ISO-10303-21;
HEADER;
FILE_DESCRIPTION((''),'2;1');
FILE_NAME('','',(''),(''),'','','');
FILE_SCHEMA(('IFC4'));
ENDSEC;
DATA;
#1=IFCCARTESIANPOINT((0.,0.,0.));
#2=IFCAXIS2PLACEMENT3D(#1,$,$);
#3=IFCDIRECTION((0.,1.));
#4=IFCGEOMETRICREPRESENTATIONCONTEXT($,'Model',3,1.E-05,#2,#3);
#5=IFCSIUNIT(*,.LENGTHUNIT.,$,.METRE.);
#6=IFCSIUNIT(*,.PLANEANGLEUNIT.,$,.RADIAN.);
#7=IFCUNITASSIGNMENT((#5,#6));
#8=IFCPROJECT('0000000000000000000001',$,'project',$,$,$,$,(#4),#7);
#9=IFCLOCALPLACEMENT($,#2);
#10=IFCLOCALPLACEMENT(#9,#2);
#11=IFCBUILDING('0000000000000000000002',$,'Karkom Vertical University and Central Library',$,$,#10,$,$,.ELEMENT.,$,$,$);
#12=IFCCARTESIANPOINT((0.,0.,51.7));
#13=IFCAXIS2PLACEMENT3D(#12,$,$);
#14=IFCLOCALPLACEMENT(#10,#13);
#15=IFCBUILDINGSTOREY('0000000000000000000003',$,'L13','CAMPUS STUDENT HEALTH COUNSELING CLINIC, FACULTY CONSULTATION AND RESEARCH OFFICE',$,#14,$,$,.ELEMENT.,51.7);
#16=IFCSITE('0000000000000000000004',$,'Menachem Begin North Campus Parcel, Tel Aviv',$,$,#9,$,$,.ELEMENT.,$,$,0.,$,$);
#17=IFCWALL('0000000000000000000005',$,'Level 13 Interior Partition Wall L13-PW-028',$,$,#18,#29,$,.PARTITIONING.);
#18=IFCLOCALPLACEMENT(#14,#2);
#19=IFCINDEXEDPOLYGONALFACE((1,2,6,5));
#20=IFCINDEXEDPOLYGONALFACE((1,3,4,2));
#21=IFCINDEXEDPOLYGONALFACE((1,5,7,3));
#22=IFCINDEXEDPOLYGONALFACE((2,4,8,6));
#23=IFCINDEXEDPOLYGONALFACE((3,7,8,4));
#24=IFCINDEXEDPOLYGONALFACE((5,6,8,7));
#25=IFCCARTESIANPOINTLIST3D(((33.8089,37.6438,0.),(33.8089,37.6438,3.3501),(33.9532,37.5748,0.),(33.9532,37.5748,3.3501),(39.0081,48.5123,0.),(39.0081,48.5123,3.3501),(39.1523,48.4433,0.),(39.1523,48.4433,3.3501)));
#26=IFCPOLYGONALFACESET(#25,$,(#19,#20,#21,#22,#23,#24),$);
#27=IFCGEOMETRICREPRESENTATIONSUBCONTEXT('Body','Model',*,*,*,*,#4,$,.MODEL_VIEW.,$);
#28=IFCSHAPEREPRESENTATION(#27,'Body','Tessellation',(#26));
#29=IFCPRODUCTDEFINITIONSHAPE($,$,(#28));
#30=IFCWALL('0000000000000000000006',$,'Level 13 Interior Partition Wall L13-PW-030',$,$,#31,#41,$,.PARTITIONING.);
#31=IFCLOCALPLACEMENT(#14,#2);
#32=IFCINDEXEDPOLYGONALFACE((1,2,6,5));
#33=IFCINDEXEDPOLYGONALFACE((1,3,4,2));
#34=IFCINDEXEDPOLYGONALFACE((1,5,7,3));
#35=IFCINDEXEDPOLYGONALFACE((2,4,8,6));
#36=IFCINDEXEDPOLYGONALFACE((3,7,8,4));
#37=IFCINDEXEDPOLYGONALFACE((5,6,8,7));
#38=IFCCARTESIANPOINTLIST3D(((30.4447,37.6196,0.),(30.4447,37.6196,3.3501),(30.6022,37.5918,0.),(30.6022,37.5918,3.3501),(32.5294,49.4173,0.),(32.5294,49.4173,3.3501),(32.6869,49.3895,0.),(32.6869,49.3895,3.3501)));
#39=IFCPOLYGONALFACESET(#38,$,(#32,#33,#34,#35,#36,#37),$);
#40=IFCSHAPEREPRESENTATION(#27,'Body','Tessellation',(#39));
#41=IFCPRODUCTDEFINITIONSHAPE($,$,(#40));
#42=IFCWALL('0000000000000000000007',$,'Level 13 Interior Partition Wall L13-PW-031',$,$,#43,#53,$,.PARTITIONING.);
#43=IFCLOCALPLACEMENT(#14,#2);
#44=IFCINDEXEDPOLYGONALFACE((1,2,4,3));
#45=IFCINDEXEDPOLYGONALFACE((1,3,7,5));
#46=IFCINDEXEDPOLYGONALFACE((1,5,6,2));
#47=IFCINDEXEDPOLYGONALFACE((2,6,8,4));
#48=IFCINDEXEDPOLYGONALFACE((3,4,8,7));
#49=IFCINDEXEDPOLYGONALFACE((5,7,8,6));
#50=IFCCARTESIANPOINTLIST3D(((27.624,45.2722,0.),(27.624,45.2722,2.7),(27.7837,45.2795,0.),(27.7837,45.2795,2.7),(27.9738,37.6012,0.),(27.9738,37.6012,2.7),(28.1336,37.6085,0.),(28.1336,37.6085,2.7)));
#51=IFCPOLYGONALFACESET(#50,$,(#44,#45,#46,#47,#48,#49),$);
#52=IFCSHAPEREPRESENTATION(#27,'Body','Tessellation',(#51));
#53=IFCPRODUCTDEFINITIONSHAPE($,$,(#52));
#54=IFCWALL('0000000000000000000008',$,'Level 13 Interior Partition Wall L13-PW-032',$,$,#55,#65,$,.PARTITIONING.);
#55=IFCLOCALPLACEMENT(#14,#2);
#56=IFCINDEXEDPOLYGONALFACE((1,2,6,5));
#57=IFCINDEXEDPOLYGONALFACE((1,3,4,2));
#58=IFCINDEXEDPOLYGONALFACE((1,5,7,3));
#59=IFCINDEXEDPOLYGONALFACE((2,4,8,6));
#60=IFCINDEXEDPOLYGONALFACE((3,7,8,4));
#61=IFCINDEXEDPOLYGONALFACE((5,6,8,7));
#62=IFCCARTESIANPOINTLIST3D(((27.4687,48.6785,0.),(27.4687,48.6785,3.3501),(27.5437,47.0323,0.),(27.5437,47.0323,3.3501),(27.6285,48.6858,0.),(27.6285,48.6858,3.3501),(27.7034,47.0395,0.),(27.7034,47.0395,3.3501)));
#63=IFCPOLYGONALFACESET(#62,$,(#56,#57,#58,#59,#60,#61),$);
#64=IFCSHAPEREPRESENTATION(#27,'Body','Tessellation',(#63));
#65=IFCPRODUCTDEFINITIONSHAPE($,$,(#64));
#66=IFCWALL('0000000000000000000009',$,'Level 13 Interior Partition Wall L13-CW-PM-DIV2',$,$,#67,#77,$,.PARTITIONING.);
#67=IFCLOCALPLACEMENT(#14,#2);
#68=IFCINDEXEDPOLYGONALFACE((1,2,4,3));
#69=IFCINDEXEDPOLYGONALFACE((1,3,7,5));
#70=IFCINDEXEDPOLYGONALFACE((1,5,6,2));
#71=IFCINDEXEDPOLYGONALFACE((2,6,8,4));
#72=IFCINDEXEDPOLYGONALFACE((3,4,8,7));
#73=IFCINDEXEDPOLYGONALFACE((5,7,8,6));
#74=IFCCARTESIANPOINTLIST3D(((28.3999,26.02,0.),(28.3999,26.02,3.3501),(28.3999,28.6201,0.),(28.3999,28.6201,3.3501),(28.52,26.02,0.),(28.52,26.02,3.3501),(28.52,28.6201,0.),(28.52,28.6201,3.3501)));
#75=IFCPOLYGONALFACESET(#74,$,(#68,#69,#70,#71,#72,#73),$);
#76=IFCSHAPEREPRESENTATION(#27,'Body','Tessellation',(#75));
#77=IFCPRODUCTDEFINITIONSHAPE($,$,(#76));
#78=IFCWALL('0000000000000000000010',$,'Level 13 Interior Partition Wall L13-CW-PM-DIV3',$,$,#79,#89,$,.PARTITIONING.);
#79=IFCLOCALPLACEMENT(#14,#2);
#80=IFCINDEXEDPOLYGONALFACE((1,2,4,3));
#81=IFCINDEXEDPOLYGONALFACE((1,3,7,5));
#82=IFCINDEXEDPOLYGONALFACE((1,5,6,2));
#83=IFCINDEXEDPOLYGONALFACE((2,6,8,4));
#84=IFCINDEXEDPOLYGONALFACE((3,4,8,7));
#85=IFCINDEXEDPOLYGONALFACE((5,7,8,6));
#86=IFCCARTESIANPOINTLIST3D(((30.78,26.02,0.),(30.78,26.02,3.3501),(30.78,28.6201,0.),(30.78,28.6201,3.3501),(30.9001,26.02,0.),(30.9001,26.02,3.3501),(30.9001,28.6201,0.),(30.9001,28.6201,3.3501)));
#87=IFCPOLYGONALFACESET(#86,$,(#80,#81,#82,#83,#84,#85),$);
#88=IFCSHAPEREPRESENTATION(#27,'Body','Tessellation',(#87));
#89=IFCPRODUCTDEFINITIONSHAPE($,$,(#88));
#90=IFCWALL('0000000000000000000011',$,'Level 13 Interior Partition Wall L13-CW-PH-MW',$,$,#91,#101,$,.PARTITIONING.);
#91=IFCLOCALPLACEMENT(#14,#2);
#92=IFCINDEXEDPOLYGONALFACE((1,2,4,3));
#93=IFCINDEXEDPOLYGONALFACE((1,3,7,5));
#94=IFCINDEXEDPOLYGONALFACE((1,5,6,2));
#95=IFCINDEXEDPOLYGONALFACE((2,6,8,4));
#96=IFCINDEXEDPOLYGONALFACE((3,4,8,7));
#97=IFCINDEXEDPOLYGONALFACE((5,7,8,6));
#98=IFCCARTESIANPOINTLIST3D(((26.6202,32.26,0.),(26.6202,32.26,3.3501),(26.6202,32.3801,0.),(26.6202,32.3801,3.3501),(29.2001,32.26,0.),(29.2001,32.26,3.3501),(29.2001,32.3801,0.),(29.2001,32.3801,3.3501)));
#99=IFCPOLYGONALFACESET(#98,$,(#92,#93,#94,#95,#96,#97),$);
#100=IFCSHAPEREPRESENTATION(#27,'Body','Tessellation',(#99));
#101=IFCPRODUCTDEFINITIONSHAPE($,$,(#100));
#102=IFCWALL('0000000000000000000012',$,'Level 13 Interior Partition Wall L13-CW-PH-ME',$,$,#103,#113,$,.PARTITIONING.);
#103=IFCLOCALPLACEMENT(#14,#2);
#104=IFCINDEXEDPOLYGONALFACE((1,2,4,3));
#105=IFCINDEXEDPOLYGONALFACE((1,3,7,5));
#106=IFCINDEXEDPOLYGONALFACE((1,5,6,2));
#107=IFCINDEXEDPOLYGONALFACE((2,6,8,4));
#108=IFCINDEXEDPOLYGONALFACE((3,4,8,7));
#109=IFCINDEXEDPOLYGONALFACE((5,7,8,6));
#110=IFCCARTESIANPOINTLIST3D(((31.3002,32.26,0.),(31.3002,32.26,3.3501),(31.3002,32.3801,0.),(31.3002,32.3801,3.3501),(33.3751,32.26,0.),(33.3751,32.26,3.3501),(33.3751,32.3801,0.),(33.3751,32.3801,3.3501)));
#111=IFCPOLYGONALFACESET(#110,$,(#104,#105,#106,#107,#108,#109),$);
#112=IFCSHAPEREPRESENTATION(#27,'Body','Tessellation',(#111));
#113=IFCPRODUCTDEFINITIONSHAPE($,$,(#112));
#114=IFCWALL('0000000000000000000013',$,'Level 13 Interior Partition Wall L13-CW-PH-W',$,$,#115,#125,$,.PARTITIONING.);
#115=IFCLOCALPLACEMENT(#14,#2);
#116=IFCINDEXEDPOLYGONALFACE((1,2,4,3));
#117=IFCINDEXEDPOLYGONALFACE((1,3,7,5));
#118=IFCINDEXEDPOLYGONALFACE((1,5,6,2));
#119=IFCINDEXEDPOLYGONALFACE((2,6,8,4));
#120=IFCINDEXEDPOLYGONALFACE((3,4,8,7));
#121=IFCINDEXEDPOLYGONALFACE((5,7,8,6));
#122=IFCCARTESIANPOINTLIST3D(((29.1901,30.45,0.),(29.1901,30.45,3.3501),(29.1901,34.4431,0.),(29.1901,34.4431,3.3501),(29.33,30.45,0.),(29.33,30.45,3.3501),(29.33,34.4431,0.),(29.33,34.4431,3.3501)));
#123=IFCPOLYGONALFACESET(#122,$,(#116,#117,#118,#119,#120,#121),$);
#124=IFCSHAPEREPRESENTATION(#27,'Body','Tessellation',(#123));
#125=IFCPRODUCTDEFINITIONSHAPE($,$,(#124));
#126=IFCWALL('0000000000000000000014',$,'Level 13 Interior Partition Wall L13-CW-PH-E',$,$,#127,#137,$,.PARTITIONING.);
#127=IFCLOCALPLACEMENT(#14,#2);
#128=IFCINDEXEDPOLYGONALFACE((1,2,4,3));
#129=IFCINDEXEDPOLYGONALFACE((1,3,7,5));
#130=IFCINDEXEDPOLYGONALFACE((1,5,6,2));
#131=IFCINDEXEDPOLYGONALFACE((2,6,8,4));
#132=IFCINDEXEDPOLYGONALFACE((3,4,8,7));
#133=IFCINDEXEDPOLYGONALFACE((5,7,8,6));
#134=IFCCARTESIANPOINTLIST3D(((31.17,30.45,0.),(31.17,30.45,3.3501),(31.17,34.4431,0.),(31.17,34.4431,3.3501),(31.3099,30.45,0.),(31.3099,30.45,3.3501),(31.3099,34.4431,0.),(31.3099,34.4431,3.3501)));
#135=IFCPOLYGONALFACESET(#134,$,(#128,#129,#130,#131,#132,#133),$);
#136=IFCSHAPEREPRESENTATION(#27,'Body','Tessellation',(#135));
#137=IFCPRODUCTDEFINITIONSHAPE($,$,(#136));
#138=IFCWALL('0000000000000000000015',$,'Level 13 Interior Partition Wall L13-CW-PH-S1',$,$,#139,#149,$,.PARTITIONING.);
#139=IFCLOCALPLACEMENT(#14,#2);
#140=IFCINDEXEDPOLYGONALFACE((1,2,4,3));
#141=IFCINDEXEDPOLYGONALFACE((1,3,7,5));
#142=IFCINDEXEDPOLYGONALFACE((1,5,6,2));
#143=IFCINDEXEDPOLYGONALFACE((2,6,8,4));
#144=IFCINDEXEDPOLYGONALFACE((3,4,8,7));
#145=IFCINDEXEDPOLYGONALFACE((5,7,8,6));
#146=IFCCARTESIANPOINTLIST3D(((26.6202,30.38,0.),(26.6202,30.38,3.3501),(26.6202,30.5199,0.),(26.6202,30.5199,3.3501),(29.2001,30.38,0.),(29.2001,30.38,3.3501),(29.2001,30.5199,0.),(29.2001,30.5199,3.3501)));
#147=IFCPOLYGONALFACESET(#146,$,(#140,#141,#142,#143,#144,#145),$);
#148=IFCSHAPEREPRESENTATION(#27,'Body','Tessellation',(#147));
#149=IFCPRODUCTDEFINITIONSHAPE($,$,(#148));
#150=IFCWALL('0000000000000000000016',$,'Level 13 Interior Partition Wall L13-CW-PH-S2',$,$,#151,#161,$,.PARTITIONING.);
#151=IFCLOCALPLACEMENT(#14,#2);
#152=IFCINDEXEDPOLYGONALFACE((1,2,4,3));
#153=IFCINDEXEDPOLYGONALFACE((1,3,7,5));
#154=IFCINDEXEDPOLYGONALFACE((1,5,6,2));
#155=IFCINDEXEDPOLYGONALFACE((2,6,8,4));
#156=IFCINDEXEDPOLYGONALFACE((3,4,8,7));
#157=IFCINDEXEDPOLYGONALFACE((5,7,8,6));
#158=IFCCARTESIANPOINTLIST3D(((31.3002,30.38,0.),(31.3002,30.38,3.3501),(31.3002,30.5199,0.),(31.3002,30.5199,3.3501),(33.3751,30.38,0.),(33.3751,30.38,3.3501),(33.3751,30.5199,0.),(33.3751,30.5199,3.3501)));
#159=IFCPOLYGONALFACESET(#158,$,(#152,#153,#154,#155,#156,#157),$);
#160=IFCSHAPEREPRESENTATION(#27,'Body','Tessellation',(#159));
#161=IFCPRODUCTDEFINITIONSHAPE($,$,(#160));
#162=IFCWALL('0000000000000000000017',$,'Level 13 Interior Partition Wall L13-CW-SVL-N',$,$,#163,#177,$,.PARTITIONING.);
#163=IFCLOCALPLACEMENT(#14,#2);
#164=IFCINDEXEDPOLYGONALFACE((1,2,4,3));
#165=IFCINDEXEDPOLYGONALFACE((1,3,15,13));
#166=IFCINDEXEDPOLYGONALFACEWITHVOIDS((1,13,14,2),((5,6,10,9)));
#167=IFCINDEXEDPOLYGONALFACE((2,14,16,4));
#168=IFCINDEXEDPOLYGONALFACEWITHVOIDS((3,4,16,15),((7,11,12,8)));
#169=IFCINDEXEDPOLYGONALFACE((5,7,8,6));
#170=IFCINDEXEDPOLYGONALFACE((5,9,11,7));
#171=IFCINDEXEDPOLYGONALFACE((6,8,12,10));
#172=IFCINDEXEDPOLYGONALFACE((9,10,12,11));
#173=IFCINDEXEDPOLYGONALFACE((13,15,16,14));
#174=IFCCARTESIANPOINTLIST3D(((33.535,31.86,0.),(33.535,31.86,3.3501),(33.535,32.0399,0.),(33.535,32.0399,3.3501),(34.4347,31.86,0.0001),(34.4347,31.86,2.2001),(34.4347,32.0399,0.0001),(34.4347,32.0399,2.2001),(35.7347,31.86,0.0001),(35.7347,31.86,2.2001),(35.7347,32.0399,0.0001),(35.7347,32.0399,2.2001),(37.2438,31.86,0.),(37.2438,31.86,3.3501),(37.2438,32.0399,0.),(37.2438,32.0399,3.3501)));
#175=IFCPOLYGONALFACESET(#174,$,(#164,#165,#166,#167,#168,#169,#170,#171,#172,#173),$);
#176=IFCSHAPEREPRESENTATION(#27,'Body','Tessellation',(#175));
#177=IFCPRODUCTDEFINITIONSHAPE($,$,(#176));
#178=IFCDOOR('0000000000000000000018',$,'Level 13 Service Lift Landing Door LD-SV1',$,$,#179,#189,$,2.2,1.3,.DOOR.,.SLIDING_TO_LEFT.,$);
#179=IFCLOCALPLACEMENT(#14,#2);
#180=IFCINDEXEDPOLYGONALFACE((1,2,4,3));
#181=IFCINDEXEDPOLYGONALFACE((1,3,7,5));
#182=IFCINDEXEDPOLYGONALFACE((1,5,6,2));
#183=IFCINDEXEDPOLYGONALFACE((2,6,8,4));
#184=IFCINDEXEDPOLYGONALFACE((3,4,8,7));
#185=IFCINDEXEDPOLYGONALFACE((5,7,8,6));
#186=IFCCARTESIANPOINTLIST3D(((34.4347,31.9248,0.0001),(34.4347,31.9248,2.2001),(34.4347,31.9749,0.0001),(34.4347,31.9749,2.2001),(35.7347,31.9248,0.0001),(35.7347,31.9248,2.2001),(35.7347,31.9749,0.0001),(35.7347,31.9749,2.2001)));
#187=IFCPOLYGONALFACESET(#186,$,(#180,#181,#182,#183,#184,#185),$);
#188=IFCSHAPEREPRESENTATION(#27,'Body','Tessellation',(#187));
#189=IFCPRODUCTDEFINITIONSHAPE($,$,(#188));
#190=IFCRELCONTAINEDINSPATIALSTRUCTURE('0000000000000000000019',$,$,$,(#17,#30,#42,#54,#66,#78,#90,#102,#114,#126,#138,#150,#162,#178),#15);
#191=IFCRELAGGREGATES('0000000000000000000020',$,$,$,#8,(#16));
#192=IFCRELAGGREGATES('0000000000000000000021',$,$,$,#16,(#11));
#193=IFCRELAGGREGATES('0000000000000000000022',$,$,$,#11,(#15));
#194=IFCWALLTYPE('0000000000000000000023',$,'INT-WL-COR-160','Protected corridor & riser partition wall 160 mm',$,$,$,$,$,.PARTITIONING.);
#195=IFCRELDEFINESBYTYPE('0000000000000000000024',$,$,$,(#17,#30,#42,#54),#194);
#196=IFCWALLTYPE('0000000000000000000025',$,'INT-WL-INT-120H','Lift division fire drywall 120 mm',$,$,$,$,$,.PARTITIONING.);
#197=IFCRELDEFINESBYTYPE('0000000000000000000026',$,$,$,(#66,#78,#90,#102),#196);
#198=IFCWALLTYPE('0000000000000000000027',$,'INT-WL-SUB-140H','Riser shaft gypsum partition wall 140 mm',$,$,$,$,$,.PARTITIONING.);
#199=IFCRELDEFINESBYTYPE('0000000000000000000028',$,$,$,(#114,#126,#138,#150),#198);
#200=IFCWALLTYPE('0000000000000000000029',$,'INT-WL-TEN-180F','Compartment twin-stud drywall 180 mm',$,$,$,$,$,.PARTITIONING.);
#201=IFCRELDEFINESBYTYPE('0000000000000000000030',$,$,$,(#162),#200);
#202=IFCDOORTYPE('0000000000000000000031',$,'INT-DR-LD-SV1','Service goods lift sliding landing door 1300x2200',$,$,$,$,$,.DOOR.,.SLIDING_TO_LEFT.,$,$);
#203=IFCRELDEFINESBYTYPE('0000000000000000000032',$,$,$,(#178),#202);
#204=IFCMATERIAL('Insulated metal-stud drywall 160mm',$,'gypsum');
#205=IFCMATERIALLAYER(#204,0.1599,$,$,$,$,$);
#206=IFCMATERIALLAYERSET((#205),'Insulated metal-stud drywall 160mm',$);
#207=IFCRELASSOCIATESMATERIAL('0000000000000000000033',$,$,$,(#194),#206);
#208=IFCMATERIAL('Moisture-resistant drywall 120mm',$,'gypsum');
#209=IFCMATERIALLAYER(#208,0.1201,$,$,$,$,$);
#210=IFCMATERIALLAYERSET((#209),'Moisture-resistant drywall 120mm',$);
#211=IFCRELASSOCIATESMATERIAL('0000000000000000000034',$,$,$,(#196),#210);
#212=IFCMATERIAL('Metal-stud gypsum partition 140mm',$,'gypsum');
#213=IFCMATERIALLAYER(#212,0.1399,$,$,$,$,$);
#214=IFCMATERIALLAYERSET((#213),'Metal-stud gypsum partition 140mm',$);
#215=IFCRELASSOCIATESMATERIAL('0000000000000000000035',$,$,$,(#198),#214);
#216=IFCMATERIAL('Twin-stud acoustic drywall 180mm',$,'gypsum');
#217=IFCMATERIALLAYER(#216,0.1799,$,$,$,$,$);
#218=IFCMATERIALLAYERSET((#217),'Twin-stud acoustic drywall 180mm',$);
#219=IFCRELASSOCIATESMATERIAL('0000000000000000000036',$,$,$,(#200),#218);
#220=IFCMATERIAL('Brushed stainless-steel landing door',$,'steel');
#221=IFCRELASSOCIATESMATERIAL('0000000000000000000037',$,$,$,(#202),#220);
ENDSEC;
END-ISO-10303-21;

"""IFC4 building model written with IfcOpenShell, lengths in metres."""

from ifc_helpers import new_model, si_unit, direction, frame, frame_2d, origin, origin_with_axes, place, context, subcontext, project, spatial, rectangle, extrude, source, transform, mapped, material, layer, layer_set, type_object, element, fill, save


model = new_model("IFC4")

# Units and contexts
model_context = context("Model", 3, precision=1e-05, world=origin(), true_north=direction((0.0, 1.0)))
body_context = subcontext(model_context, "Body", "Model", "MODEL_VIEW")
ifc_project = project(units=[si_unit("LENGTHUNIT", "METRE"), si_unit("PLANEANGLEUNIT", "RADIAN")], contexts=[model_context])

# Site, building, storey
site_placement = place(None, origin())
site = spatial("IfcSite", under=ifc_project, at=site_placement, Name="Menachem Begin North Campus Parcel, Tel Aviv", CompositionType="ELEMENT", RefElevation=0.0)
building_placement = place(site_placement, origin())
building = spatial("IfcBuilding", under=site, at=building_placement, Name="Karkom Vertical University and Central Library", CompositionType="ELEMENT")
storey_placement = place(building_placement, frame((0.0, 0.0, 51.7)))
storey = spatial("IfcBuildingStorey", under=building, at=storey_placement, Name="L13", Description="CAMPUS STUDENT HEALTH COUNSELING CLINIC, FACULTY CONSULTATION AND RESEARCH OFFICE", CompositionType="ELEMENT", Elevation=51.7)

# Shared definitions
ifc_material_1 = material(Name="Insulated metal-stud drywall 160mm", Category="gypsum")
ifc_layer_1 = layer(ifc_material_1, 0.1599)
ifc_layer_set_1 = layer_set([ifc_layer_1], Name="Insulated metal-stud drywall 160mm")
wall_type_1 = type_object("IfcWallType", Name="INT-WL-COR-160", Description="Protected corridor & riser partition wall 160 mm", PredefinedType="PARTITIONING", material=ifc_layer_set_1)

# Walls
wall_1_placement = place(storey_placement, frame((33.8811, 37.6094, 0.0), z_axis=(0.0, 0.0, 1.0), x_axis=(0.431534, 0.902096, 0.0)))
element("IfcWall", 1, at=wall_1_placement, inside=storey, type_object=wall_type_1, Name="Level 13 Interior Partition Wall L13-PW-028", PredefinedType="PARTITIONING", context=body_context, shape_type="SweptSolid", body=[
    extrude(rectangle(XDim=12.0481, YDim=0.1599, at=frame_2d((6.0239, 0.0))), origin(), (0.0, 0.0, 1.0), 3.3501),
])
wall_2_placement = place(storey_placement, frame((30.5234, 37.6057, 0.0), z_axis=(0.0, 0.0, 1.0), x_axis=(0.174011, 0.984744, 0.0)))
element("IfcWall", 2, at=wall_2_placement, inside=storey, type_object=wall_type_1, Name="Level 13 Interior Partition Wall L13-PW-030", PredefinedType="PARTITIONING", context=body_context, shape_type="SweptSolid", body=[
    extrude(rectangle(XDim=11.9805, YDim=0.1599, at=frame_2d((5.9902, 0.0))), origin(), (0.0, 0.0, 1.0), 3.3501),
])
wall_3_placement = place(storey_placement, frame((28.0537, 37.605, 0.0), z_axis=(0.0, 0.0, 1.0), x_axis=(-0.045561, 0.998962, 0.0)))
element("IfcWall", 3, at=wall_3_placement, inside=storey, type_object=wall_type_1, Name="Level 13 Interior Partition Wall L13-PW-031", PredefinedType="PARTITIONING", context=body_context, shape_type="SweptSolid", body=[
    extrude(rectangle(XDim=7.679, YDim=0.1599, at=frame_2d((3.8394, 0.0))), origin(), (0.0, 0.0, 1.0), 2.7),
])
wall_4_placement = place(storey_placement, frame((27.6235, 47.0359, 0.0), z_axis=(0.0, 0.0, 1.0), x_axis=(-0.045482, 0.998965, 0.0)))
element("IfcWall", 4, at=wall_4_placement, inside=storey, type_object=wall_type_1, Name="Level 13 Interior Partition Wall L13-PW-032", PredefinedType="PARTITIONING", context=body_context, shape_type="SweptSolid", body=[
    extrude(rectangle(XDim=1.6479, YDim=0.1599, at=frame_2d((0.824, 0.0))), origin(), (0.0, 0.0, 1.0), 3.3501),
])
ifc_material_2 = material(Name="Moisture-resistant drywall 120mm", Category="gypsum")
ifc_layer_2 = layer(ifc_material_2, 0.1201)
ifc_layer_set_2 = layer_set([ifc_layer_2], Name="Moisture-resistant drywall 120mm")
wall_type_2 = type_object("IfcWallType", Name="INT-WL-INT-120H", Description="Lift division fire drywall 120 mm", PredefinedType="PARTITIONING", material=ifc_layer_set_2)
for number, where, z_axis, x_axis, name in (
    (5, (28.46, 26.02, 0.0), (0.0, 0.0, 1.0), (0.0, 1.0, 0.0), "Level 13 Interior Partition Wall L13-CW-PM-DIV2"),
    (6, (30.8401, 26.02, 0.0), (0.0, 0.0, 1.0), (0.0, 1.0, 0.0), "Level 13 Interior Partition Wall L13-CW-PM-DIV3"),
):
    element("IfcWall", number, at=place(storey_placement, frame(where, z_axis=z_axis, x_axis=x_axis)), inside=storey, type_object=wall_type_2, Name=name, PredefinedType="PARTITIONING", context=body_context, shape_type="SweptSolid", body=[
        extrude(rectangle(XDim=2.6001, YDim=0.1201, at=frame_2d((1.3, 0.0))), origin(), (0.0, 0.0, 1.0), 3.3501),
    ])
wall_5_placement = place(storey_placement, frame((26.6201, 32.3201, 0.0), z_axis=(0.0, 0.0, 1.0), x_axis=(1.0, 0.0, 0.0)))
element("IfcWall", 7, at=wall_5_placement, inside=storey, type_object=wall_type_2, Name="Level 13 Interior Partition Wall L13-CW-PH-MW", PredefinedType="PARTITIONING", context=body_context, shape_type="SweptSolid", body=[
    extrude(rectangle(XDim=2.5798, YDim=0.1201, at=frame_2d((1.29, 0.0))), origin(), (0.0, 0.0, 1.0), 3.3501),
])
wall_6_placement = place(storey_placement, frame((31.3, 32.3201, 0.0), z_axis=(0.0, 0.0, 1.0), x_axis=(1.0, 0.0, 0.0)))
element("IfcWall", 8, at=wall_6_placement, inside=storey, type_object=wall_type_2, Name="Level 13 Interior Partition Wall L13-CW-PH-ME", PredefinedType="PARTITIONING", context=body_context, shape_type="SweptSolid", body=[
    extrude(rectangle(XDim=2.075, YDim=0.1201, at=frame_2d((1.0376, 0.0))), origin(), (0.0, 0.0, 1.0), 3.3501),
])
ifc_material_3 = material(Name="Metal-stud gypsum partition 140mm", Category="gypsum")
ifc_layer_3 = layer(ifc_material_3, 0.1399)
ifc_layer_set_3 = layer_set([ifc_layer_3], Name="Metal-stud gypsum partition 140mm")
wall_type_3 = type_object("IfcWallType", Name="INT-WL-SUB-140H", Description="Riser shaft gypsum partition wall 140 mm", PredefinedType="PARTITIONING", material=ifc_layer_set_3)
for number, where, z_axis, x_axis, name in (
    (9, (29.26, 30.45, 0.0), (0.0, 0.0, 1.0), (0.0, 1.0, 0.0), "Level 13 Interior Partition Wall L13-CW-PH-W"),
    (10, (31.24, 30.45, 0.0), (0.0, 0.0, 1.0), (0.0, 1.0, 0.0), "Level 13 Interior Partition Wall L13-CW-PH-E"),
):
    element("IfcWall", number, at=place(storey_placement, frame(where, z_axis=z_axis, x_axis=x_axis)), inside=storey, type_object=wall_type_3, Name=name, PredefinedType="PARTITIONING", context=body_context, shape_type="SweptSolid", body=[
        extrude(rectangle(XDim=3.9932, YDim=0.1399, at=frame_2d((1.9966, 0.0))), origin(), (0.0, 0.0, 1.0), 3.3501),
    ])
wall_7_placement = place(storey_placement, frame((26.6201, 30.45, 0.0), z_axis=(0.0, 0.0, 1.0), x_axis=(1.0, 0.0, 0.0)))
element("IfcWall", 11, at=wall_7_placement, inside=storey, type_object=wall_type_3, Name="Level 13 Interior Partition Wall L13-CW-PH-S1", PredefinedType="PARTITIONING", context=body_context, shape_type="SweptSolid", body=[
    extrude(rectangle(XDim=2.5798, YDim=0.1399, at=frame_2d((1.29, 0.0))), origin(), (0.0, 0.0, 1.0), 3.3501),
])
wall_8_placement = place(storey_placement, frame((31.3, 30.45, 0.0), z_axis=(0.0, 0.0, 1.0), x_axis=(1.0, 0.0, 0.0)))
element("IfcWall", 12, at=wall_8_placement, inside=storey, type_object=wall_type_3, Name="Level 13 Interior Partition Wall L13-CW-PH-S2", PredefinedType="PARTITIONING", context=body_context, shape_type="SweptSolid", body=[
    extrude(rectangle(XDim=2.075, YDim=0.1399, at=frame_2d((1.0376, 0.0))), origin(), (0.0, 0.0, 1.0), 3.3501),
])

# Wall, opening, door
ifc_material_4 = material(Name="Twin-stud acoustic drywall 180mm", Category="gypsum")
ifc_layer_4 = layer(ifc_material_4, 0.1799)
ifc_layer_set_4 = layer_set([ifc_layer_4], Name="Twin-stud acoustic drywall 180mm")
wall_type_4 = type_object("IfcWallType", Name="INT-WL-TEN-180F", Description="Compartment twin-stud drywall 180 mm", PredefinedType="PARTITIONING", material=ifc_layer_set_4)
wall_9_placement = place(storey_placement, frame((33.5349, 31.95, 0.0), z_axis=(0.0, 0.0, 1.0), x_axis=(1.0, 0.0, 0.0)))
wall_9 = element("IfcWall", 13, at=wall_9_placement, inside=storey, type_object=wall_type_4, Name="Level 13 Interior Partition Wall L13-CW-SVL-N", PredefinedType="PARTITIONING", context=body_context, shape_type="SweptSolid", body=[
    extrude(rectangle(XDim=3.7087, YDim=0.1799, at=frame_2d((1.8545, 0.0))), origin(), (0.0, 0.0, 1.0), 3.3501),
])
opening_1_placement = place(wall_9_placement, frame((0.8999, 0.0, 0.0)))
opening_1 = element("IfcOpeningElement", 14, at=opening_1_placement, cuts=wall_9, PredefinedType="OPENING", context=body_context, shape_type="SweptSolid", body=[
    extrude(rectangle(XDim=1.3, YDim=2.2, at=frame_2d((0.6499, 1.1001))), frame((0.0, 0.1001, 0.0), z_axis=(0.0, -1.0, 0.0), x_axis=(1.0, 0.0, 0.0)), (0.0, 0.0, 1.0), 0.2),
])
ifc_material_5 = material(Name="Brushed stainless-steel landing door", Category="steel")
door_type_1 = type_object("IfcDoorType", Name="INT-DR-LD-SV1", Description="Service goods lift sliding landing door 1300x2200", OperationType="SLIDING_TO_LEFT", PredefinedType="DOOR", material=ifc_material_5)
shared_shape_1 = source(origin_with_axes(), body_context, "Body", "SweptSolid", [
    extrude(rectangle(XDim=1.3, YDim=2.2, at=frame_2d((0.6499, 1.1001))), frame((0.0, 0.0249, 0.0), z_axis=(0.0, -1.0, 0.0), x_axis=(1.0, 0.0, 0.0)), (0.0, 0.0, 1.0), 0.05),
])
door_1_placement = place(opening_1_placement, origin())
door_1 = element("IfcDoor", 15, at=door_1_placement, inside=storey, type_object=door_type_1, Name="Level 13 Service Lift Landing Door LD-SV1", OperationType="SLIDING_TO_LEFT", OverallHeight=2.2, OverallWidth=1.3, PredefinedType="DOOR", context=body_context, shape_type="MappedRepresentation", body=[
    mapped(shared_shape_1, transform((0.0, 0.0, 0.0), scale=1.0)),
])
fill(opening_1, door_1)

save(model, "model.ifc")
